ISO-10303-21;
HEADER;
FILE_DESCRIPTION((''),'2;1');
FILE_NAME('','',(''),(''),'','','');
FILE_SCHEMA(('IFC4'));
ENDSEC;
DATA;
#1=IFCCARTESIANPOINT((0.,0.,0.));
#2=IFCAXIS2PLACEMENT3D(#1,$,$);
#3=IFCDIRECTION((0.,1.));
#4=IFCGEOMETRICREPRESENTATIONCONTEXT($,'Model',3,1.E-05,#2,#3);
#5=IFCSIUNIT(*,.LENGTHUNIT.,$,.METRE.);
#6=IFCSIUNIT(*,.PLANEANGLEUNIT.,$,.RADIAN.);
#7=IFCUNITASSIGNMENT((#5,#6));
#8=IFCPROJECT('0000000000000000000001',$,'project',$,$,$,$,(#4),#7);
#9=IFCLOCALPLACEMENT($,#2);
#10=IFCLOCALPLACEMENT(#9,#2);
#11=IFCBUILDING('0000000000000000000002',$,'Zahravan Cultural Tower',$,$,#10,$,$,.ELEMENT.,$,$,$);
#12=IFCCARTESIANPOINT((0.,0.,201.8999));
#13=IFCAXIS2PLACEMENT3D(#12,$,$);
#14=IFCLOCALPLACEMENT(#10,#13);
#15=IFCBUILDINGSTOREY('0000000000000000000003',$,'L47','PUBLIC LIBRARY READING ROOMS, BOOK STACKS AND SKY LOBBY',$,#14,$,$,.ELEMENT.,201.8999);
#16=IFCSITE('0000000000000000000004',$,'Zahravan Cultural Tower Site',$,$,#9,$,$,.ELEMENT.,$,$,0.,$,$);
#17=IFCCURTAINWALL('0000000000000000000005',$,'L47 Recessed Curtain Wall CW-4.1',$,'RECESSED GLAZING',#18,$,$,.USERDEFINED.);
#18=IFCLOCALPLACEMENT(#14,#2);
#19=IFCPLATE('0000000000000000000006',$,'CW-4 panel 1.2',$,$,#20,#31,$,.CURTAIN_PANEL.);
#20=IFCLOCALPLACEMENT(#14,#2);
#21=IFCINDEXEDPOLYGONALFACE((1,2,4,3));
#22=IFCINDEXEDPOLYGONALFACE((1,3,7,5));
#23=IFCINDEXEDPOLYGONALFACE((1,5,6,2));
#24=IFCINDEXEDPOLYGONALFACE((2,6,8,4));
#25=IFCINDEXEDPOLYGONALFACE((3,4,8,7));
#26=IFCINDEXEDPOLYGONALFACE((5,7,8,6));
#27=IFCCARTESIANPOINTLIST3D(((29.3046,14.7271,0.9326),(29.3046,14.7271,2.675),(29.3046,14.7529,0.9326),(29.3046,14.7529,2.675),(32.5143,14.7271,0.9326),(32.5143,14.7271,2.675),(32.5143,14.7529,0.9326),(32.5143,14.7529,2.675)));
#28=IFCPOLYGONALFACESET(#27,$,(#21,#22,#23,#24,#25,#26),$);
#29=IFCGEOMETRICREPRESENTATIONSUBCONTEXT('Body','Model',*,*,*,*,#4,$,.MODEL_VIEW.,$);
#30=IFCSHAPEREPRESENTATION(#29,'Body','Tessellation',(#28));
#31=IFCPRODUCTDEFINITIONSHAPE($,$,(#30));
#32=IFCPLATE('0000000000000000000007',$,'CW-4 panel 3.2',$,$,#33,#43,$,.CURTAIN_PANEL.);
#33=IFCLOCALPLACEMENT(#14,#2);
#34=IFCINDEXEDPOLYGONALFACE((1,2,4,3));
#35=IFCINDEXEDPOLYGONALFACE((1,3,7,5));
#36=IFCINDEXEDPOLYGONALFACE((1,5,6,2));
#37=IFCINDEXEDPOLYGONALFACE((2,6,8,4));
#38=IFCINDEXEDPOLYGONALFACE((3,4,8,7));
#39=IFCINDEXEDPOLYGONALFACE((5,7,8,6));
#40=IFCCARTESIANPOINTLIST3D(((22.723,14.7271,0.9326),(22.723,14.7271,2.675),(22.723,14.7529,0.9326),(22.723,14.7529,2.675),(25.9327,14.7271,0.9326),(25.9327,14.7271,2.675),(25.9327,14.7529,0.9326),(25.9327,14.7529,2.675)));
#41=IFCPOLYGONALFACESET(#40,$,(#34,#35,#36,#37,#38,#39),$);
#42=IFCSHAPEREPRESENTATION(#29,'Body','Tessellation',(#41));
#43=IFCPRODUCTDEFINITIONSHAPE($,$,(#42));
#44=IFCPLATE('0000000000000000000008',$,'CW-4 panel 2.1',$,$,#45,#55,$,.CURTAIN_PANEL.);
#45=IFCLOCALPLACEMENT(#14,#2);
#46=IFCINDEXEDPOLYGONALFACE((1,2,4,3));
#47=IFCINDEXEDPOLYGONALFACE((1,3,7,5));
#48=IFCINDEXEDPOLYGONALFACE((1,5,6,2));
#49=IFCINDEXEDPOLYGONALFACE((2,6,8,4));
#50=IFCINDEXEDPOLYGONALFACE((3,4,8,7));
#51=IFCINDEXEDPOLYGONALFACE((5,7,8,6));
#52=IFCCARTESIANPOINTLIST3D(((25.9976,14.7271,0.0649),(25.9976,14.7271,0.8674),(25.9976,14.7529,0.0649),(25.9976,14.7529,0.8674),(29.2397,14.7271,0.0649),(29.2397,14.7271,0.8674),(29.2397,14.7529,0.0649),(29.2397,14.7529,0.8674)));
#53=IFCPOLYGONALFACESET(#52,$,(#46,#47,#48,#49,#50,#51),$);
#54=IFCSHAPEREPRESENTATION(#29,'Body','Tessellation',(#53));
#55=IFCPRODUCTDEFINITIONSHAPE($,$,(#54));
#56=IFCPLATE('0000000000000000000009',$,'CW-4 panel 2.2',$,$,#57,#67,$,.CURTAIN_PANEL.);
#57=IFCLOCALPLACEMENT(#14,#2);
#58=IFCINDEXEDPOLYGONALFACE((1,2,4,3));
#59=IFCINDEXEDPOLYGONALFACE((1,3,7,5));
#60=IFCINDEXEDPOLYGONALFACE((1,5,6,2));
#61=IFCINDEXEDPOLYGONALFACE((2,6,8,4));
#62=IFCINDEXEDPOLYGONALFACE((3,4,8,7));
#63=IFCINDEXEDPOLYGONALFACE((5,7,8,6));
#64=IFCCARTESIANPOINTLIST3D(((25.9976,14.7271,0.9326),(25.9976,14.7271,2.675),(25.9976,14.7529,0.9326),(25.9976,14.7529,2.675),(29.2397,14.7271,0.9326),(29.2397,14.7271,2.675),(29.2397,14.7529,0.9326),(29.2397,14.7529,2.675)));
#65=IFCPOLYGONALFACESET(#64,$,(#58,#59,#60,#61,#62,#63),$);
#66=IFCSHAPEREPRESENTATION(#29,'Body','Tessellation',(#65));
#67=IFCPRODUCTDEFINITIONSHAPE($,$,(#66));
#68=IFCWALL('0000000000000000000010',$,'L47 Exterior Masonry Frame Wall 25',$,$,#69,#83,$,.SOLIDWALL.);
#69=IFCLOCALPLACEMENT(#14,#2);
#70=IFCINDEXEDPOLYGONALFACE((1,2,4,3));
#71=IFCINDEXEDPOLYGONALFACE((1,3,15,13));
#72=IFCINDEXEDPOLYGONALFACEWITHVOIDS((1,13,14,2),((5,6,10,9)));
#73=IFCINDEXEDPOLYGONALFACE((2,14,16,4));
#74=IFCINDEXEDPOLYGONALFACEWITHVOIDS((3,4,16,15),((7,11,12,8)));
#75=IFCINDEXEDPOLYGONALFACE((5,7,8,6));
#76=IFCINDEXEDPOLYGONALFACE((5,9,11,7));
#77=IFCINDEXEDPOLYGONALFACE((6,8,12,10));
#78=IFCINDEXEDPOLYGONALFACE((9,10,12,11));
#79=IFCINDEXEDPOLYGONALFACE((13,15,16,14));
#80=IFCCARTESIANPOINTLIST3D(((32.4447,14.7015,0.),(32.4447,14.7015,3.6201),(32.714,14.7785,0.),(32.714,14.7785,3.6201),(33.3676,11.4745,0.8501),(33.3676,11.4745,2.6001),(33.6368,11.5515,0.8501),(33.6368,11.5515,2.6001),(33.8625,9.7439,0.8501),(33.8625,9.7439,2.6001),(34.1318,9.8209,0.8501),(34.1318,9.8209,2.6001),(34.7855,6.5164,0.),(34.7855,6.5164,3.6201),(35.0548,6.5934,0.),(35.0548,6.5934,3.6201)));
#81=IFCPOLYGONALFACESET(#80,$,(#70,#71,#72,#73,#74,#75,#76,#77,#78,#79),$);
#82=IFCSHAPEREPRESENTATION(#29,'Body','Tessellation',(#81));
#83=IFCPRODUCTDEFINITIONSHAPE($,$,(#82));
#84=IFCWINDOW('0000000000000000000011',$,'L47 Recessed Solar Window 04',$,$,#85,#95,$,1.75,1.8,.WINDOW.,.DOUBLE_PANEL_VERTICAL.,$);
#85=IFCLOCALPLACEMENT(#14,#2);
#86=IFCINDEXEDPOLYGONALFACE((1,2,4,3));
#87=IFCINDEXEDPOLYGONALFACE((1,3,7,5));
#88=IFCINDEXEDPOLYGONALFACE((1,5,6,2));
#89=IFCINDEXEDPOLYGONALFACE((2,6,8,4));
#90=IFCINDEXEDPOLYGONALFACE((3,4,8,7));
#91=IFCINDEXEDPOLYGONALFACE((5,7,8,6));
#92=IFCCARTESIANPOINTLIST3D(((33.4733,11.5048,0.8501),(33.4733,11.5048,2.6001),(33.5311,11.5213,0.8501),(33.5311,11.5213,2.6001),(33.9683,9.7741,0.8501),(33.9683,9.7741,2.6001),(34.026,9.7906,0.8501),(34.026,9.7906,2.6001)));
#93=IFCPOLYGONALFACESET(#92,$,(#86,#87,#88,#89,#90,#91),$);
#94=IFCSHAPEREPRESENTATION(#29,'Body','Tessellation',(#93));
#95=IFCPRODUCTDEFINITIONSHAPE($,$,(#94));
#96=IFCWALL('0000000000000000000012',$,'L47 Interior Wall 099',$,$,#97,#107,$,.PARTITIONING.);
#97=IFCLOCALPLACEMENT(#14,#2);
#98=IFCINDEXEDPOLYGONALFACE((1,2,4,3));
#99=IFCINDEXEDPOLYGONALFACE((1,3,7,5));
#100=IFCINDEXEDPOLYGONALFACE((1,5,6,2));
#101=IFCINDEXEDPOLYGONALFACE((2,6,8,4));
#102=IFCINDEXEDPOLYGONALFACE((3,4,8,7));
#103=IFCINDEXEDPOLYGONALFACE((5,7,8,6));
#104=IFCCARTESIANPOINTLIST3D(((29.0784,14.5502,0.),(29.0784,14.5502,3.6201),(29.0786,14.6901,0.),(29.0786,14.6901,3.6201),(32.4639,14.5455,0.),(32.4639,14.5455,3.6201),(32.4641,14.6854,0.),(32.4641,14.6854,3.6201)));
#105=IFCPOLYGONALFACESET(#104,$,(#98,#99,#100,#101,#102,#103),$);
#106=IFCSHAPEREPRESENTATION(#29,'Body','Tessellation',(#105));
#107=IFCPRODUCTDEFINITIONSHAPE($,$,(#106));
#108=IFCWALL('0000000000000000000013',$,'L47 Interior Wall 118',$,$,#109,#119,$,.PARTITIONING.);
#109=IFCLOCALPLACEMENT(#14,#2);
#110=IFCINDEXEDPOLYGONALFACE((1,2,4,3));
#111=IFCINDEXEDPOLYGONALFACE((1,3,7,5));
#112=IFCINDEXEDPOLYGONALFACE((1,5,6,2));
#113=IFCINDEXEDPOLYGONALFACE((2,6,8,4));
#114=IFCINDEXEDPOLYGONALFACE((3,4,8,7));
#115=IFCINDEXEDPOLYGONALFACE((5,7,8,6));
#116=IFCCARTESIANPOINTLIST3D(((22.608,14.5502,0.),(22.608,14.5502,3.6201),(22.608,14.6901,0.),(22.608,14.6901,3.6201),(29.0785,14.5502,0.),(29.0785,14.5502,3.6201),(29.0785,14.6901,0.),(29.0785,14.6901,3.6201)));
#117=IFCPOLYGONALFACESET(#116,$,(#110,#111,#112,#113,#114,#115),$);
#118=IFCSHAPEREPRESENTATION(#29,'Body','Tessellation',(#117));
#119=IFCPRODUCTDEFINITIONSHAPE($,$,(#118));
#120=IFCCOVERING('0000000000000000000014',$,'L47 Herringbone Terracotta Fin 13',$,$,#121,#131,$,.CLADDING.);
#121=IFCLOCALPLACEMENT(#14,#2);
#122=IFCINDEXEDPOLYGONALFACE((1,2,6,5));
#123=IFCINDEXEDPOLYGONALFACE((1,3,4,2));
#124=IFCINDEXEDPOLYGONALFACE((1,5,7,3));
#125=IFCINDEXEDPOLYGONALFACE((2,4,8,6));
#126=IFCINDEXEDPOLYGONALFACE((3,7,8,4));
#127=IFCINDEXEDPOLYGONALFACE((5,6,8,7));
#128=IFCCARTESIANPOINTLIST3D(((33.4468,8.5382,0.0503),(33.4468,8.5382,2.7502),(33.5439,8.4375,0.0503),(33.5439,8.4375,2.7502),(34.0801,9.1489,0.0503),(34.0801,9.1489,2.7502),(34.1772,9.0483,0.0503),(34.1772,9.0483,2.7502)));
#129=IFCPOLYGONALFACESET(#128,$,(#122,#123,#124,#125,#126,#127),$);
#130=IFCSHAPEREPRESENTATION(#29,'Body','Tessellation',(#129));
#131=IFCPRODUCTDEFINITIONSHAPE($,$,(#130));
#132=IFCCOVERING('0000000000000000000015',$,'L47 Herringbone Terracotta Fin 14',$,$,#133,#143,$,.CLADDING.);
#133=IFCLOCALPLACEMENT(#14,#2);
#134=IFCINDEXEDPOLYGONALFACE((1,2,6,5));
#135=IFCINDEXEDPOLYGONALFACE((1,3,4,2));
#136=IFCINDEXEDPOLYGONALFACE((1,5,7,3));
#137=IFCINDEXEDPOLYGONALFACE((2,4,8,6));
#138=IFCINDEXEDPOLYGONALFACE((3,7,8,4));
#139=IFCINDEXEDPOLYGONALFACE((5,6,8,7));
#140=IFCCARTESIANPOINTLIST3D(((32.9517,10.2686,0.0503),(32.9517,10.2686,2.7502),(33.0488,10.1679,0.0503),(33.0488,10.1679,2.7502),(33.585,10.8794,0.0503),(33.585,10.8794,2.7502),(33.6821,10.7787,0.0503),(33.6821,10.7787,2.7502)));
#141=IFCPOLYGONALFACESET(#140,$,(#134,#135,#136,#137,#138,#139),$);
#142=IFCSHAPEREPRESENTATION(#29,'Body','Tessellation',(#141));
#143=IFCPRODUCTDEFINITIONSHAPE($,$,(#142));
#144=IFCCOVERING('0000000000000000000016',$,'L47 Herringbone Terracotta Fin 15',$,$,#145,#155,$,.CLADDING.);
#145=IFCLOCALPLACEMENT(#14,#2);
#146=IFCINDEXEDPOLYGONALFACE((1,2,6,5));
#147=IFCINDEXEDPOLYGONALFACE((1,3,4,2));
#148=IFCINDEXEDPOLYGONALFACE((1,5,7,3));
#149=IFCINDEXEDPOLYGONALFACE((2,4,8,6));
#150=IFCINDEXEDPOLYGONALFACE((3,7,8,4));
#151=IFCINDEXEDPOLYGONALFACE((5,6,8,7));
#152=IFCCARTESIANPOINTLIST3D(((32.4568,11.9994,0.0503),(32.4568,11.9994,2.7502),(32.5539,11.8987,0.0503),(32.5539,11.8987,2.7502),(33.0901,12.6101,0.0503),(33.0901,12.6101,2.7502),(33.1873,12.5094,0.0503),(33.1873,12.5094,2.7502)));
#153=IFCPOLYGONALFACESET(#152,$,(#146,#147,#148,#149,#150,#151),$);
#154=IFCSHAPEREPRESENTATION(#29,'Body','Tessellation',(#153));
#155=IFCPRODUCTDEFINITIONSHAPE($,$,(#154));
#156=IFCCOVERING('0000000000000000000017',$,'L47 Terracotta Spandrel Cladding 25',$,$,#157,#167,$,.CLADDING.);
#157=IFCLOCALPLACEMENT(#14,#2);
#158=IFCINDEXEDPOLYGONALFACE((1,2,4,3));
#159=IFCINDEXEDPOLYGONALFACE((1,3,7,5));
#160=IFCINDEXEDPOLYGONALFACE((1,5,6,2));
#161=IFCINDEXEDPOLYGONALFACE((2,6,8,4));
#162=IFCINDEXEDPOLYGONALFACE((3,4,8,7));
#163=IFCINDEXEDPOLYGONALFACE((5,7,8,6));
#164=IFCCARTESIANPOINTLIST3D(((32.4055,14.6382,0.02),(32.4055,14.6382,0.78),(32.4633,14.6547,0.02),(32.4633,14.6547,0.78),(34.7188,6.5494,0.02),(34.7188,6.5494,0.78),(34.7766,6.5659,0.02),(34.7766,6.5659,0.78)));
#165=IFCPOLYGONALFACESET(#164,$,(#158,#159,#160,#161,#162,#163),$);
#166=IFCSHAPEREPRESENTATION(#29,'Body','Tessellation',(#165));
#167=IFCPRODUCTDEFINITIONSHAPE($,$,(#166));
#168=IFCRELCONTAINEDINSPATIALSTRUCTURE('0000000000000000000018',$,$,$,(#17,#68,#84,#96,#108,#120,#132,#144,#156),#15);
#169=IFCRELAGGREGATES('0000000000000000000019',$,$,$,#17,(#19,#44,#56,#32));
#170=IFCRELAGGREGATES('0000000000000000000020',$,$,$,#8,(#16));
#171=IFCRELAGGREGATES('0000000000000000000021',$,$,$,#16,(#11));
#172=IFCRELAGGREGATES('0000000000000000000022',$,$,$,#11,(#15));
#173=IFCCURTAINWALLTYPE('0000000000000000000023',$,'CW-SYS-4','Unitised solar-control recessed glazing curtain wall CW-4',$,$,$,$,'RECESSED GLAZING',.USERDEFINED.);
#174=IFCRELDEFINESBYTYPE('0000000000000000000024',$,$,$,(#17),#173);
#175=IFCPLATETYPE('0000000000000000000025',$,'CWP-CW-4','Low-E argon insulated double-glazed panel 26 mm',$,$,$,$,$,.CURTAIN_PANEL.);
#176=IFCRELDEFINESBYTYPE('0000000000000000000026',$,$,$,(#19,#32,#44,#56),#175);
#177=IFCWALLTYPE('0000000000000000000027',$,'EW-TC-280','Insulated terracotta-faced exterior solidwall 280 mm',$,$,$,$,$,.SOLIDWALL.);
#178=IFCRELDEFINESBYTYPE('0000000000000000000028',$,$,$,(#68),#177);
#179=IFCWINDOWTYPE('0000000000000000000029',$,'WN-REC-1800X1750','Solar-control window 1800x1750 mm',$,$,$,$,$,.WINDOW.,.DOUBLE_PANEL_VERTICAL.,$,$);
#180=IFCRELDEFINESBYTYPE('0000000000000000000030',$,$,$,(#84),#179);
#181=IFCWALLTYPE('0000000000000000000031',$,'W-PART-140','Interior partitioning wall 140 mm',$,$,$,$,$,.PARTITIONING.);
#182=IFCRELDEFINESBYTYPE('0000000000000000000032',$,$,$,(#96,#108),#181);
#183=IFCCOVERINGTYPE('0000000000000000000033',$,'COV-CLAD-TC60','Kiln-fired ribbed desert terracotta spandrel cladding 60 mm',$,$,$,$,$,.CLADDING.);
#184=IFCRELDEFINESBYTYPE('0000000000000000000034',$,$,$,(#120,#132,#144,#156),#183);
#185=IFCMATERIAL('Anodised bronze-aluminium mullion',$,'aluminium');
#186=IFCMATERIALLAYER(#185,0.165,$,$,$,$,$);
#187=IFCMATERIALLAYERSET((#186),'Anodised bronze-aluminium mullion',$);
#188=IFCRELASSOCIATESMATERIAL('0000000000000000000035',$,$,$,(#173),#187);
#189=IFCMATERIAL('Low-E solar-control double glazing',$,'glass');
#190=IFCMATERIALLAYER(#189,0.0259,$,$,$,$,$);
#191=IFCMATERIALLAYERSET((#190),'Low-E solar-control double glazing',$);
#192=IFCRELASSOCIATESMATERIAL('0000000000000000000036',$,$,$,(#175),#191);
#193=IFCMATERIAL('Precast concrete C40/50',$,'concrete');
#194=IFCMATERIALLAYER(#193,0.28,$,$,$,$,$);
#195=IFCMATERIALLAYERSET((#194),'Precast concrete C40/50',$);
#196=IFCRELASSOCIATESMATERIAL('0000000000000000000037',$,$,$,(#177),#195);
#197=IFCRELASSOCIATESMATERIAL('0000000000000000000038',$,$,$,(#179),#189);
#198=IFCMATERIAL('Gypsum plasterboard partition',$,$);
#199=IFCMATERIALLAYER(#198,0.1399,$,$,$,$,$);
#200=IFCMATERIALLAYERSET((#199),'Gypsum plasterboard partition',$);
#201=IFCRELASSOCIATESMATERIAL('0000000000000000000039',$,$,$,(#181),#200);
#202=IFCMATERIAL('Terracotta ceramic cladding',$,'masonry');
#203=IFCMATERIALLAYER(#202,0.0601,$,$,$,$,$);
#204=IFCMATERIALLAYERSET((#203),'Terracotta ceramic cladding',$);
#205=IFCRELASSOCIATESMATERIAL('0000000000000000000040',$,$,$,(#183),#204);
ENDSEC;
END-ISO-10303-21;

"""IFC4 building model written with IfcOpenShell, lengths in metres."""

from ifc_helpers import new_model, si_unit, direction, frame, frame_2d, origin, origin_2d, place, context, subcontext, project, spatial, rectangle, extrude, source, transform, mapped, material, layer, layer_set, type_object, element, fill, aggregate, save


model = new_model("IFC4")

# Units and contexts
model_context = context("Model", 3, precision=1e-05, world=origin(), true_north=direction((0.0, 1.0)))
body_context = subcontext(model_context, "Body", "Model", "MODEL_VIEW")
ifc_project = project(units=[si_unit("LENGTHUNIT", "METRE"), si_unit("PLANEANGLEUNIT", "RADIAN")], contexts=[model_context])

# Site, building, storey
site_placement = place(None, origin())
site = spatial("IfcSite", under=ifc_project, at=site_placement, Name="Zahravan Cultural Tower Site", CompositionType="ELEMENT", RefElevation=0.0)
building_placement = place(site_placement, origin())
building = spatial("IfcBuilding", under=site, at=building_placement, Name="Zahravan Cultural Tower", CompositionType="ELEMENT")
storey_placement = place(building_placement, frame((0.0, 0.0, 201.8999)))
storey = spatial("IfcBuildingStorey", under=building, at=storey_placement, Name="L47", Description="PUBLIC LIBRARY READING ROOMS, BOOK STACKS AND SKY LOBBY", CompositionType="ELEMENT", Elevation=201.8999)

# Curtain wall, plates
ifc_material_1 = material(Name="Anodised bronze-aluminium mullion", Category="aluminium")
ifc_layer_1 = layer(ifc_material_1, 0.165)
ifc_layer_set_1 = layer_set([ifc_layer_1], Name="Anodised bronze-aluminium mullion")
curtain_wall_type = type_object("IfcCurtainWallType", Name="CW-SYS-4", Description="Unitised solar-control recessed glazing curtain wall CW-4", ElementType="RECESSED GLAZING", PredefinedType="USERDEFINED", material=ifc_layer_set_1)
curtain_wall_placement = place(storey_placement, origin())
curtain_wall = element("IfcCurtainWall", 1, at=curtain_wall_placement, inside=storey, type_object=curtain_wall_type, Name="L47 Recessed Curtain Wall CW-4.1", ObjectType="RECESSED GLAZING", PredefinedType="USERDEFINED")
ifc_material_2 = material(Name="Low-E solar-control double glazing", Category="glass")
ifc_layer_2 = layer(ifc_material_2, 0.0259)
ifc_layer_set_2 = layer_set([ifc_layer_2], Name="Low-E solar-control double glazing")
plate_type = type_object("IfcPlateType", Name="CWP-CW-4", Description="Low-E argon insulated double-glazed panel 26 mm", PredefinedType="CURTAIN_PANEL", material=ifc_layer_set_2)
shared_shape_1 = source(origin(), body_context, "Body", "SweptSolid", [
    extrude(rectangle(XDim=3.2097, YDim=0.0259, at=origin_2d()), origin(), (0.0, 0.0, 1.0), 1.7424),
])
plate_1_placement = place(storey_placement, frame((30.9094, 14.74, 0.9326), z_axis=(0.0, 0.0, 1.0), x_axis=(-1.0, 0.0, 0.0)))
plate_1 = element("IfcPlate", 2, at=plate_1_placement, type_object=plate_type, Name="CW-4 panel 1.2", PredefinedType="CURTAIN_PANEL", context=body_context, shape_type="MappedRepresentation", body=[
    mapped(shared_shape_1, transform((0.0, 0.0, 0.0), x_axis=(1.0, 0.0, 0.0), y_axis=(0.0, 1.0, 0.0), z_axis=(0.0, 0.0, 1.0), scale=1.0)),
])
plate_2_placement = place(storey_placement, frame((24.3279, 14.74, 0.9326), z_axis=(0.0, 0.0, 1.0), x_axis=(-1.0, 0.0, 0.0)))
plate_2 = element("IfcPlate", 3, at=plate_2_placement, type_object=plate_type, Name="CW-4 panel 3.2", PredefinedType="CURTAIN_PANEL", context=body_context, shape_type="MappedRepresentation", body=[
    mapped(shared_shape_1, transform((0.0, 0.0, 0.0), x_axis=(1.0, 0.0, 0.0), y_axis=(0.0, 1.0, 0.0), z_axis=(0.0, 0.0, 1.0), scale=1.0)),
])
shared_shape_2 = source(origin(), body_context, "Body", "SweptSolid", [
    extrude(rectangle(XDim=3.2422, YDim=0.0259, at=origin_2d()), origin(), (0.0, 0.0, 1.0), 0.8025),
])
plate_3_placement = place(storey_placement, frame((27.6187, 14.74, 0.0649), z_axis=(0.0, 0.0, 1.0), x_axis=(-1.0, 0.0, 0.0)))
plate_3 = element("IfcPlate", 4, at=plate_3_placement, type_object=plate_type, Name="CW-4 panel 2.1", PredefinedType="CURTAIN_PANEL", context=body_context, shape_type="MappedRepresentation", body=[
    mapped(shared_shape_2, transform((0.0, 0.0, 0.0), x_axis=(1.0, 0.0, 0.0), y_axis=(0.0, 1.0, 0.0), z_axis=(0.0, 0.0, 1.0), scale=1.0)),
])
shared_shape_3 = source(origin(), body_context, "Body", "SweptSolid", [
    extrude(rectangle(XDim=3.2422, YDim=0.0259, at=origin_2d()), origin(), (0.0, 0.0, 1.0), 1.7424),
])
plate_4_placement = place(storey_placement, frame((27.6187, 14.74, 0.9326), z_axis=(0.0, 0.0, 1.0), x_axis=(-1.0, 0.0, 0.0)))
plate_4 = element("IfcPlate", 5, at=plate_4_placement, type_object=plate_type, Name="CW-4 panel 2.2", PredefinedType="CURTAIN_PANEL", context=body_context, shape_type="MappedRepresentation", body=[
    mapped(shared_shape_3, transform((0.0, 0.0, 0.0), x_axis=(1.0, 0.0, 0.0), y_axis=(0.0, 1.0, 0.0), z_axis=(0.0, 0.0, 1.0), scale=1.0)),
])
aggregate(curtain_wall, [plate_1, plate_3, plate_4, plate_2])

# Wall, opening, window
ifc_material_3 = material(Name="Precast concrete C40/50", Category="concrete")
ifc_layer_3 = layer(ifc_material_3, 0.28)
ifc_layer_set_3 = layer_set([ifc_layer_3], Name="Precast concrete C40/50")
wall_type_1 = type_object("IfcWallType", Name="EW-TC-280", Description="Insulated terracotta-faced exterior solidwall 280 mm", PredefinedType="SOLIDWALL", material=ifc_layer_set_3)
wall_1_placement = place(storey_placement, frame((34.9202, 6.5549, 0.0), z_axis=(0.0, 0.0, 1.0), x_axis=(-0.274964, 0.961455, 0.0)))
wall_1 = element("IfcWall", 6, at=wall_1_placement, inside=storey, type_object=wall_type_1, Name="L47 Exterior Masonry Frame Wall 25", PredefinedType="SOLIDWALL", context=body_context, shape_type="SweptSolid", body=[
    extrude(rectangle(XDim=8.5132, YDim=0.28, at=frame_2d((4.2566, 0.0))), origin(), (0.0, 0.0, 1.0), 3.6201),
])
opening_placement = place(wall_1_placement, frame((3.3569, 0.0, 0.8501)))
opening = element("IfcOpeningElement", 7, at=opening_placement, cuts=wall_1, PredefinedType="OPENING", context=body_context, shape_type="SweptSolid", body=[
    extrude(rectangle(XDim=1.8, YDim=1.75, at=frame_2d((0.8999, 0.875))), frame((0.0, 0.1499, 0.0), z_axis=(0.0, -1.0, 0.0), x_axis=(1.0, 0.0, 0.0)), (0.0, 0.0, 1.0), 0.3),
])
window_type = type_object("IfcWindowType", Name="WN-REC-1800X1750", Description="Solar-control window 1800x1750 mm", PartitioningType="DOUBLE_PANEL_VERTICAL", PredefinedType="WINDOW", material=ifc_material_2)
shared_shape_4 = source(origin(), body_context, "Body", "SweptSolid", [
    extrude(rectangle(XDim=1.8, YDim=1.75, at=frame_2d((0.8999, 0.875))), frame((0.0, 0.03, 0.0), z_axis=(0.0, -1.0, 0.0), x_axis=(1.0, 0.0, 0.0)), (0.0, 0.0, 1.0), 0.0601),
])
window_placement = place(opening_placement, origin())
window = element("IfcWindow", 8, at=window_placement, inside=storey, type_object=window_type, Name="L47 Recessed Solar Window 04", OverallHeight=1.75, OverallWidth=1.8, PartitioningType="DOUBLE_PANEL_VERTICAL", PredefinedType="WINDOW", context=body_context, shape_type="MappedRepresentation", body=[
    mapped(shared_shape_4, transform((0.0, 0.0, 0.0), x_axis=(1.0, 0.0, 0.0), y_axis=(0.0, 1.0, 0.0), z_axis=(0.0, 0.0, 1.0), scale=1.0)),
])
fill(opening, window)

# Walls
ifc_material_4 = material(Name="Gypsum plasterboard partition")
ifc_layer_4 = layer(ifc_material_4, 0.1399)
ifc_layer_set_4 = layer_set([ifc_layer_4], Name="Gypsum plasterboard partition")
wall_type_2 = type_object("IfcWallType", Name="W-PART-140", Description="Interior partitioning wall 140 mm", PredefinedType="PARTITIONING", material=ifc_layer_set_4)
shared_shape_5 = source(origin(), body_context, "Body", "SweptSolid", [
    extrude(rectangle(XDim=3.3855, YDim=0.1399, at=frame_2d((1.6929, 0.0))), origin(), (0.0, 0.0, 1.0), 3.6201),
])
wall_2_placement = place(storey_placement, frame((32.4641, 14.6155, 0.0), z_axis=(0.0, 0.0, 1.0), x_axis=(-0.999999, 0.00137, 0.0)))
element("IfcWall", 9, at=wall_2_placement, inside=storey, type_object=wall_type_2, Name="L47 Interior Wall 099", PredefinedType="PARTITIONING", context=body_context, shape_type="MappedRepresentation", body=[
    mapped(shared_shape_5, transform((0.0, 0.0, 0.0), x_axis=(1.0, 0.0, 0.0), y_axis=(0.0, 1.0, 0.0), z_axis=(0.0, 0.0, 1.0), scale=1.0)),
])
shared_shape_6 = source(origin(), body_context, "Body", "SweptSolid", [
    extrude(rectangle(XDim=6.4705, YDim=0.1399, at=frame_2d((3.2354, 0.0))), origin(), (0.0, 0.0, 1.0), 3.6201),
])
wall_3_placement = place(storey_placement, frame((29.0786, 14.6201, 0.0), z_axis=(0.0, 0.0, 1.0), x_axis=(-1.0, 0.0, 0.0)))
element("IfcWall", 10, at=wall_3_placement, inside=storey, type_object=wall_type_2, Name="L47 Interior Wall 118", PredefinedType="PARTITIONING", context=body_context, shape_type="MappedRepresentation", body=[
    mapped(shared_shape_6, transform((0.0, 0.0, 0.0), x_axis=(1.0, 0.0, 0.0), y_axis=(0.0, 1.0, 0.0), z_axis=(0.0, 0.0, 1.0), scale=1.0)),
])

# Coverings
ifc_material_5 = material(Name="Terracotta ceramic cladding", Category="masonry")
ifc_layer_5 = layer(ifc_material_5, 0.0601)
ifc_layer_set_5 = layer_set([ifc_layer_5], Name="Terracotta ceramic cladding")
covering_type = type_object("IfcCoveringType", Name="COV-CLAD-TC60", Description="Kiln-fired ribbed desert terracotta spandrel cladding 60 mm", PredefinedType="CLADDING", material=ifc_layer_set_5)
shared_shape_7 = source(origin(), body_context, "Body", "SweptSolid", [
    extrude(rectangle(XDim=0.8799, YDim=0.1399, at=origin_2d()), origin(), (0.0, 0.0, 1.0), 2.7),
])
for number, where, z_axis, x_axis, name in (
    (11, (33.812, 8.7932, 0.0503), (0.0, 0.0, 1.0), (-0.719825, -0.694156, 0.0), "L47 Herringbone Terracotta Fin 13"),
    (12, (33.3169, 10.5237, 0.0503), (0.0, 0.0, 1.0), (-0.719825, -0.694156, 0.0), "L47 Herringbone Terracotta Fin 14"),
    (13, (32.822, 12.2544, 0.0503), (0.0, 0.0, 1.0), (-0.719825, -0.694156, 0.0), "L47 Herringbone Terracotta Fin 15"),
):
    element("IfcCovering", number, at=place(storey_placement, frame(where, z_axis=z_axis, x_axis=x_axis)), inside=storey, type_object=covering_type, Name=name, PredefinedType="CLADDING", context=body_context, shape_type="MappedRepresentation", body=[
        mapped(shared_shape_7, transform((0.0, 0.0, 0.0), x_axis=(1.0, 0.0, 0.0), y_axis=(0.0, 1.0, 0.0), z_axis=(0.0, 0.0, 1.0), scale=1.0)),
    ])
shared_shape_8 = source(origin(), body_context, "Body", "SweptSolid", [
    extrude(rectangle(XDim=8.4131, YDim=0.0601, at=origin_2d()), origin(), (0.0, 0.0, 1.0), 0.76),
])
covering_placement = place(storey_placement, frame((33.5911, 10.6021, 0.02), z_axis=(0.0, 0.0, 1.0), x_axis=(-0.274966, 0.961454, 0.0)))
element("IfcCovering", 14, at=covering_placement, inside=storey, type_object=covering_type, Name="L47 Terracotta Spandrel Cladding 25", PredefinedType="CLADDING", context=body_context, shape_type="MappedRepresentation", body=[
    mapped(shared_shape_8, transform((0.0, 0.0, 0.0), x_axis=(1.0, 0.0, 0.0), y_axis=(0.0, 1.0, 0.0), z_axis=(0.0, 0.0, 1.0), scale=1.0)),
])

save(model, "model.ifc")
